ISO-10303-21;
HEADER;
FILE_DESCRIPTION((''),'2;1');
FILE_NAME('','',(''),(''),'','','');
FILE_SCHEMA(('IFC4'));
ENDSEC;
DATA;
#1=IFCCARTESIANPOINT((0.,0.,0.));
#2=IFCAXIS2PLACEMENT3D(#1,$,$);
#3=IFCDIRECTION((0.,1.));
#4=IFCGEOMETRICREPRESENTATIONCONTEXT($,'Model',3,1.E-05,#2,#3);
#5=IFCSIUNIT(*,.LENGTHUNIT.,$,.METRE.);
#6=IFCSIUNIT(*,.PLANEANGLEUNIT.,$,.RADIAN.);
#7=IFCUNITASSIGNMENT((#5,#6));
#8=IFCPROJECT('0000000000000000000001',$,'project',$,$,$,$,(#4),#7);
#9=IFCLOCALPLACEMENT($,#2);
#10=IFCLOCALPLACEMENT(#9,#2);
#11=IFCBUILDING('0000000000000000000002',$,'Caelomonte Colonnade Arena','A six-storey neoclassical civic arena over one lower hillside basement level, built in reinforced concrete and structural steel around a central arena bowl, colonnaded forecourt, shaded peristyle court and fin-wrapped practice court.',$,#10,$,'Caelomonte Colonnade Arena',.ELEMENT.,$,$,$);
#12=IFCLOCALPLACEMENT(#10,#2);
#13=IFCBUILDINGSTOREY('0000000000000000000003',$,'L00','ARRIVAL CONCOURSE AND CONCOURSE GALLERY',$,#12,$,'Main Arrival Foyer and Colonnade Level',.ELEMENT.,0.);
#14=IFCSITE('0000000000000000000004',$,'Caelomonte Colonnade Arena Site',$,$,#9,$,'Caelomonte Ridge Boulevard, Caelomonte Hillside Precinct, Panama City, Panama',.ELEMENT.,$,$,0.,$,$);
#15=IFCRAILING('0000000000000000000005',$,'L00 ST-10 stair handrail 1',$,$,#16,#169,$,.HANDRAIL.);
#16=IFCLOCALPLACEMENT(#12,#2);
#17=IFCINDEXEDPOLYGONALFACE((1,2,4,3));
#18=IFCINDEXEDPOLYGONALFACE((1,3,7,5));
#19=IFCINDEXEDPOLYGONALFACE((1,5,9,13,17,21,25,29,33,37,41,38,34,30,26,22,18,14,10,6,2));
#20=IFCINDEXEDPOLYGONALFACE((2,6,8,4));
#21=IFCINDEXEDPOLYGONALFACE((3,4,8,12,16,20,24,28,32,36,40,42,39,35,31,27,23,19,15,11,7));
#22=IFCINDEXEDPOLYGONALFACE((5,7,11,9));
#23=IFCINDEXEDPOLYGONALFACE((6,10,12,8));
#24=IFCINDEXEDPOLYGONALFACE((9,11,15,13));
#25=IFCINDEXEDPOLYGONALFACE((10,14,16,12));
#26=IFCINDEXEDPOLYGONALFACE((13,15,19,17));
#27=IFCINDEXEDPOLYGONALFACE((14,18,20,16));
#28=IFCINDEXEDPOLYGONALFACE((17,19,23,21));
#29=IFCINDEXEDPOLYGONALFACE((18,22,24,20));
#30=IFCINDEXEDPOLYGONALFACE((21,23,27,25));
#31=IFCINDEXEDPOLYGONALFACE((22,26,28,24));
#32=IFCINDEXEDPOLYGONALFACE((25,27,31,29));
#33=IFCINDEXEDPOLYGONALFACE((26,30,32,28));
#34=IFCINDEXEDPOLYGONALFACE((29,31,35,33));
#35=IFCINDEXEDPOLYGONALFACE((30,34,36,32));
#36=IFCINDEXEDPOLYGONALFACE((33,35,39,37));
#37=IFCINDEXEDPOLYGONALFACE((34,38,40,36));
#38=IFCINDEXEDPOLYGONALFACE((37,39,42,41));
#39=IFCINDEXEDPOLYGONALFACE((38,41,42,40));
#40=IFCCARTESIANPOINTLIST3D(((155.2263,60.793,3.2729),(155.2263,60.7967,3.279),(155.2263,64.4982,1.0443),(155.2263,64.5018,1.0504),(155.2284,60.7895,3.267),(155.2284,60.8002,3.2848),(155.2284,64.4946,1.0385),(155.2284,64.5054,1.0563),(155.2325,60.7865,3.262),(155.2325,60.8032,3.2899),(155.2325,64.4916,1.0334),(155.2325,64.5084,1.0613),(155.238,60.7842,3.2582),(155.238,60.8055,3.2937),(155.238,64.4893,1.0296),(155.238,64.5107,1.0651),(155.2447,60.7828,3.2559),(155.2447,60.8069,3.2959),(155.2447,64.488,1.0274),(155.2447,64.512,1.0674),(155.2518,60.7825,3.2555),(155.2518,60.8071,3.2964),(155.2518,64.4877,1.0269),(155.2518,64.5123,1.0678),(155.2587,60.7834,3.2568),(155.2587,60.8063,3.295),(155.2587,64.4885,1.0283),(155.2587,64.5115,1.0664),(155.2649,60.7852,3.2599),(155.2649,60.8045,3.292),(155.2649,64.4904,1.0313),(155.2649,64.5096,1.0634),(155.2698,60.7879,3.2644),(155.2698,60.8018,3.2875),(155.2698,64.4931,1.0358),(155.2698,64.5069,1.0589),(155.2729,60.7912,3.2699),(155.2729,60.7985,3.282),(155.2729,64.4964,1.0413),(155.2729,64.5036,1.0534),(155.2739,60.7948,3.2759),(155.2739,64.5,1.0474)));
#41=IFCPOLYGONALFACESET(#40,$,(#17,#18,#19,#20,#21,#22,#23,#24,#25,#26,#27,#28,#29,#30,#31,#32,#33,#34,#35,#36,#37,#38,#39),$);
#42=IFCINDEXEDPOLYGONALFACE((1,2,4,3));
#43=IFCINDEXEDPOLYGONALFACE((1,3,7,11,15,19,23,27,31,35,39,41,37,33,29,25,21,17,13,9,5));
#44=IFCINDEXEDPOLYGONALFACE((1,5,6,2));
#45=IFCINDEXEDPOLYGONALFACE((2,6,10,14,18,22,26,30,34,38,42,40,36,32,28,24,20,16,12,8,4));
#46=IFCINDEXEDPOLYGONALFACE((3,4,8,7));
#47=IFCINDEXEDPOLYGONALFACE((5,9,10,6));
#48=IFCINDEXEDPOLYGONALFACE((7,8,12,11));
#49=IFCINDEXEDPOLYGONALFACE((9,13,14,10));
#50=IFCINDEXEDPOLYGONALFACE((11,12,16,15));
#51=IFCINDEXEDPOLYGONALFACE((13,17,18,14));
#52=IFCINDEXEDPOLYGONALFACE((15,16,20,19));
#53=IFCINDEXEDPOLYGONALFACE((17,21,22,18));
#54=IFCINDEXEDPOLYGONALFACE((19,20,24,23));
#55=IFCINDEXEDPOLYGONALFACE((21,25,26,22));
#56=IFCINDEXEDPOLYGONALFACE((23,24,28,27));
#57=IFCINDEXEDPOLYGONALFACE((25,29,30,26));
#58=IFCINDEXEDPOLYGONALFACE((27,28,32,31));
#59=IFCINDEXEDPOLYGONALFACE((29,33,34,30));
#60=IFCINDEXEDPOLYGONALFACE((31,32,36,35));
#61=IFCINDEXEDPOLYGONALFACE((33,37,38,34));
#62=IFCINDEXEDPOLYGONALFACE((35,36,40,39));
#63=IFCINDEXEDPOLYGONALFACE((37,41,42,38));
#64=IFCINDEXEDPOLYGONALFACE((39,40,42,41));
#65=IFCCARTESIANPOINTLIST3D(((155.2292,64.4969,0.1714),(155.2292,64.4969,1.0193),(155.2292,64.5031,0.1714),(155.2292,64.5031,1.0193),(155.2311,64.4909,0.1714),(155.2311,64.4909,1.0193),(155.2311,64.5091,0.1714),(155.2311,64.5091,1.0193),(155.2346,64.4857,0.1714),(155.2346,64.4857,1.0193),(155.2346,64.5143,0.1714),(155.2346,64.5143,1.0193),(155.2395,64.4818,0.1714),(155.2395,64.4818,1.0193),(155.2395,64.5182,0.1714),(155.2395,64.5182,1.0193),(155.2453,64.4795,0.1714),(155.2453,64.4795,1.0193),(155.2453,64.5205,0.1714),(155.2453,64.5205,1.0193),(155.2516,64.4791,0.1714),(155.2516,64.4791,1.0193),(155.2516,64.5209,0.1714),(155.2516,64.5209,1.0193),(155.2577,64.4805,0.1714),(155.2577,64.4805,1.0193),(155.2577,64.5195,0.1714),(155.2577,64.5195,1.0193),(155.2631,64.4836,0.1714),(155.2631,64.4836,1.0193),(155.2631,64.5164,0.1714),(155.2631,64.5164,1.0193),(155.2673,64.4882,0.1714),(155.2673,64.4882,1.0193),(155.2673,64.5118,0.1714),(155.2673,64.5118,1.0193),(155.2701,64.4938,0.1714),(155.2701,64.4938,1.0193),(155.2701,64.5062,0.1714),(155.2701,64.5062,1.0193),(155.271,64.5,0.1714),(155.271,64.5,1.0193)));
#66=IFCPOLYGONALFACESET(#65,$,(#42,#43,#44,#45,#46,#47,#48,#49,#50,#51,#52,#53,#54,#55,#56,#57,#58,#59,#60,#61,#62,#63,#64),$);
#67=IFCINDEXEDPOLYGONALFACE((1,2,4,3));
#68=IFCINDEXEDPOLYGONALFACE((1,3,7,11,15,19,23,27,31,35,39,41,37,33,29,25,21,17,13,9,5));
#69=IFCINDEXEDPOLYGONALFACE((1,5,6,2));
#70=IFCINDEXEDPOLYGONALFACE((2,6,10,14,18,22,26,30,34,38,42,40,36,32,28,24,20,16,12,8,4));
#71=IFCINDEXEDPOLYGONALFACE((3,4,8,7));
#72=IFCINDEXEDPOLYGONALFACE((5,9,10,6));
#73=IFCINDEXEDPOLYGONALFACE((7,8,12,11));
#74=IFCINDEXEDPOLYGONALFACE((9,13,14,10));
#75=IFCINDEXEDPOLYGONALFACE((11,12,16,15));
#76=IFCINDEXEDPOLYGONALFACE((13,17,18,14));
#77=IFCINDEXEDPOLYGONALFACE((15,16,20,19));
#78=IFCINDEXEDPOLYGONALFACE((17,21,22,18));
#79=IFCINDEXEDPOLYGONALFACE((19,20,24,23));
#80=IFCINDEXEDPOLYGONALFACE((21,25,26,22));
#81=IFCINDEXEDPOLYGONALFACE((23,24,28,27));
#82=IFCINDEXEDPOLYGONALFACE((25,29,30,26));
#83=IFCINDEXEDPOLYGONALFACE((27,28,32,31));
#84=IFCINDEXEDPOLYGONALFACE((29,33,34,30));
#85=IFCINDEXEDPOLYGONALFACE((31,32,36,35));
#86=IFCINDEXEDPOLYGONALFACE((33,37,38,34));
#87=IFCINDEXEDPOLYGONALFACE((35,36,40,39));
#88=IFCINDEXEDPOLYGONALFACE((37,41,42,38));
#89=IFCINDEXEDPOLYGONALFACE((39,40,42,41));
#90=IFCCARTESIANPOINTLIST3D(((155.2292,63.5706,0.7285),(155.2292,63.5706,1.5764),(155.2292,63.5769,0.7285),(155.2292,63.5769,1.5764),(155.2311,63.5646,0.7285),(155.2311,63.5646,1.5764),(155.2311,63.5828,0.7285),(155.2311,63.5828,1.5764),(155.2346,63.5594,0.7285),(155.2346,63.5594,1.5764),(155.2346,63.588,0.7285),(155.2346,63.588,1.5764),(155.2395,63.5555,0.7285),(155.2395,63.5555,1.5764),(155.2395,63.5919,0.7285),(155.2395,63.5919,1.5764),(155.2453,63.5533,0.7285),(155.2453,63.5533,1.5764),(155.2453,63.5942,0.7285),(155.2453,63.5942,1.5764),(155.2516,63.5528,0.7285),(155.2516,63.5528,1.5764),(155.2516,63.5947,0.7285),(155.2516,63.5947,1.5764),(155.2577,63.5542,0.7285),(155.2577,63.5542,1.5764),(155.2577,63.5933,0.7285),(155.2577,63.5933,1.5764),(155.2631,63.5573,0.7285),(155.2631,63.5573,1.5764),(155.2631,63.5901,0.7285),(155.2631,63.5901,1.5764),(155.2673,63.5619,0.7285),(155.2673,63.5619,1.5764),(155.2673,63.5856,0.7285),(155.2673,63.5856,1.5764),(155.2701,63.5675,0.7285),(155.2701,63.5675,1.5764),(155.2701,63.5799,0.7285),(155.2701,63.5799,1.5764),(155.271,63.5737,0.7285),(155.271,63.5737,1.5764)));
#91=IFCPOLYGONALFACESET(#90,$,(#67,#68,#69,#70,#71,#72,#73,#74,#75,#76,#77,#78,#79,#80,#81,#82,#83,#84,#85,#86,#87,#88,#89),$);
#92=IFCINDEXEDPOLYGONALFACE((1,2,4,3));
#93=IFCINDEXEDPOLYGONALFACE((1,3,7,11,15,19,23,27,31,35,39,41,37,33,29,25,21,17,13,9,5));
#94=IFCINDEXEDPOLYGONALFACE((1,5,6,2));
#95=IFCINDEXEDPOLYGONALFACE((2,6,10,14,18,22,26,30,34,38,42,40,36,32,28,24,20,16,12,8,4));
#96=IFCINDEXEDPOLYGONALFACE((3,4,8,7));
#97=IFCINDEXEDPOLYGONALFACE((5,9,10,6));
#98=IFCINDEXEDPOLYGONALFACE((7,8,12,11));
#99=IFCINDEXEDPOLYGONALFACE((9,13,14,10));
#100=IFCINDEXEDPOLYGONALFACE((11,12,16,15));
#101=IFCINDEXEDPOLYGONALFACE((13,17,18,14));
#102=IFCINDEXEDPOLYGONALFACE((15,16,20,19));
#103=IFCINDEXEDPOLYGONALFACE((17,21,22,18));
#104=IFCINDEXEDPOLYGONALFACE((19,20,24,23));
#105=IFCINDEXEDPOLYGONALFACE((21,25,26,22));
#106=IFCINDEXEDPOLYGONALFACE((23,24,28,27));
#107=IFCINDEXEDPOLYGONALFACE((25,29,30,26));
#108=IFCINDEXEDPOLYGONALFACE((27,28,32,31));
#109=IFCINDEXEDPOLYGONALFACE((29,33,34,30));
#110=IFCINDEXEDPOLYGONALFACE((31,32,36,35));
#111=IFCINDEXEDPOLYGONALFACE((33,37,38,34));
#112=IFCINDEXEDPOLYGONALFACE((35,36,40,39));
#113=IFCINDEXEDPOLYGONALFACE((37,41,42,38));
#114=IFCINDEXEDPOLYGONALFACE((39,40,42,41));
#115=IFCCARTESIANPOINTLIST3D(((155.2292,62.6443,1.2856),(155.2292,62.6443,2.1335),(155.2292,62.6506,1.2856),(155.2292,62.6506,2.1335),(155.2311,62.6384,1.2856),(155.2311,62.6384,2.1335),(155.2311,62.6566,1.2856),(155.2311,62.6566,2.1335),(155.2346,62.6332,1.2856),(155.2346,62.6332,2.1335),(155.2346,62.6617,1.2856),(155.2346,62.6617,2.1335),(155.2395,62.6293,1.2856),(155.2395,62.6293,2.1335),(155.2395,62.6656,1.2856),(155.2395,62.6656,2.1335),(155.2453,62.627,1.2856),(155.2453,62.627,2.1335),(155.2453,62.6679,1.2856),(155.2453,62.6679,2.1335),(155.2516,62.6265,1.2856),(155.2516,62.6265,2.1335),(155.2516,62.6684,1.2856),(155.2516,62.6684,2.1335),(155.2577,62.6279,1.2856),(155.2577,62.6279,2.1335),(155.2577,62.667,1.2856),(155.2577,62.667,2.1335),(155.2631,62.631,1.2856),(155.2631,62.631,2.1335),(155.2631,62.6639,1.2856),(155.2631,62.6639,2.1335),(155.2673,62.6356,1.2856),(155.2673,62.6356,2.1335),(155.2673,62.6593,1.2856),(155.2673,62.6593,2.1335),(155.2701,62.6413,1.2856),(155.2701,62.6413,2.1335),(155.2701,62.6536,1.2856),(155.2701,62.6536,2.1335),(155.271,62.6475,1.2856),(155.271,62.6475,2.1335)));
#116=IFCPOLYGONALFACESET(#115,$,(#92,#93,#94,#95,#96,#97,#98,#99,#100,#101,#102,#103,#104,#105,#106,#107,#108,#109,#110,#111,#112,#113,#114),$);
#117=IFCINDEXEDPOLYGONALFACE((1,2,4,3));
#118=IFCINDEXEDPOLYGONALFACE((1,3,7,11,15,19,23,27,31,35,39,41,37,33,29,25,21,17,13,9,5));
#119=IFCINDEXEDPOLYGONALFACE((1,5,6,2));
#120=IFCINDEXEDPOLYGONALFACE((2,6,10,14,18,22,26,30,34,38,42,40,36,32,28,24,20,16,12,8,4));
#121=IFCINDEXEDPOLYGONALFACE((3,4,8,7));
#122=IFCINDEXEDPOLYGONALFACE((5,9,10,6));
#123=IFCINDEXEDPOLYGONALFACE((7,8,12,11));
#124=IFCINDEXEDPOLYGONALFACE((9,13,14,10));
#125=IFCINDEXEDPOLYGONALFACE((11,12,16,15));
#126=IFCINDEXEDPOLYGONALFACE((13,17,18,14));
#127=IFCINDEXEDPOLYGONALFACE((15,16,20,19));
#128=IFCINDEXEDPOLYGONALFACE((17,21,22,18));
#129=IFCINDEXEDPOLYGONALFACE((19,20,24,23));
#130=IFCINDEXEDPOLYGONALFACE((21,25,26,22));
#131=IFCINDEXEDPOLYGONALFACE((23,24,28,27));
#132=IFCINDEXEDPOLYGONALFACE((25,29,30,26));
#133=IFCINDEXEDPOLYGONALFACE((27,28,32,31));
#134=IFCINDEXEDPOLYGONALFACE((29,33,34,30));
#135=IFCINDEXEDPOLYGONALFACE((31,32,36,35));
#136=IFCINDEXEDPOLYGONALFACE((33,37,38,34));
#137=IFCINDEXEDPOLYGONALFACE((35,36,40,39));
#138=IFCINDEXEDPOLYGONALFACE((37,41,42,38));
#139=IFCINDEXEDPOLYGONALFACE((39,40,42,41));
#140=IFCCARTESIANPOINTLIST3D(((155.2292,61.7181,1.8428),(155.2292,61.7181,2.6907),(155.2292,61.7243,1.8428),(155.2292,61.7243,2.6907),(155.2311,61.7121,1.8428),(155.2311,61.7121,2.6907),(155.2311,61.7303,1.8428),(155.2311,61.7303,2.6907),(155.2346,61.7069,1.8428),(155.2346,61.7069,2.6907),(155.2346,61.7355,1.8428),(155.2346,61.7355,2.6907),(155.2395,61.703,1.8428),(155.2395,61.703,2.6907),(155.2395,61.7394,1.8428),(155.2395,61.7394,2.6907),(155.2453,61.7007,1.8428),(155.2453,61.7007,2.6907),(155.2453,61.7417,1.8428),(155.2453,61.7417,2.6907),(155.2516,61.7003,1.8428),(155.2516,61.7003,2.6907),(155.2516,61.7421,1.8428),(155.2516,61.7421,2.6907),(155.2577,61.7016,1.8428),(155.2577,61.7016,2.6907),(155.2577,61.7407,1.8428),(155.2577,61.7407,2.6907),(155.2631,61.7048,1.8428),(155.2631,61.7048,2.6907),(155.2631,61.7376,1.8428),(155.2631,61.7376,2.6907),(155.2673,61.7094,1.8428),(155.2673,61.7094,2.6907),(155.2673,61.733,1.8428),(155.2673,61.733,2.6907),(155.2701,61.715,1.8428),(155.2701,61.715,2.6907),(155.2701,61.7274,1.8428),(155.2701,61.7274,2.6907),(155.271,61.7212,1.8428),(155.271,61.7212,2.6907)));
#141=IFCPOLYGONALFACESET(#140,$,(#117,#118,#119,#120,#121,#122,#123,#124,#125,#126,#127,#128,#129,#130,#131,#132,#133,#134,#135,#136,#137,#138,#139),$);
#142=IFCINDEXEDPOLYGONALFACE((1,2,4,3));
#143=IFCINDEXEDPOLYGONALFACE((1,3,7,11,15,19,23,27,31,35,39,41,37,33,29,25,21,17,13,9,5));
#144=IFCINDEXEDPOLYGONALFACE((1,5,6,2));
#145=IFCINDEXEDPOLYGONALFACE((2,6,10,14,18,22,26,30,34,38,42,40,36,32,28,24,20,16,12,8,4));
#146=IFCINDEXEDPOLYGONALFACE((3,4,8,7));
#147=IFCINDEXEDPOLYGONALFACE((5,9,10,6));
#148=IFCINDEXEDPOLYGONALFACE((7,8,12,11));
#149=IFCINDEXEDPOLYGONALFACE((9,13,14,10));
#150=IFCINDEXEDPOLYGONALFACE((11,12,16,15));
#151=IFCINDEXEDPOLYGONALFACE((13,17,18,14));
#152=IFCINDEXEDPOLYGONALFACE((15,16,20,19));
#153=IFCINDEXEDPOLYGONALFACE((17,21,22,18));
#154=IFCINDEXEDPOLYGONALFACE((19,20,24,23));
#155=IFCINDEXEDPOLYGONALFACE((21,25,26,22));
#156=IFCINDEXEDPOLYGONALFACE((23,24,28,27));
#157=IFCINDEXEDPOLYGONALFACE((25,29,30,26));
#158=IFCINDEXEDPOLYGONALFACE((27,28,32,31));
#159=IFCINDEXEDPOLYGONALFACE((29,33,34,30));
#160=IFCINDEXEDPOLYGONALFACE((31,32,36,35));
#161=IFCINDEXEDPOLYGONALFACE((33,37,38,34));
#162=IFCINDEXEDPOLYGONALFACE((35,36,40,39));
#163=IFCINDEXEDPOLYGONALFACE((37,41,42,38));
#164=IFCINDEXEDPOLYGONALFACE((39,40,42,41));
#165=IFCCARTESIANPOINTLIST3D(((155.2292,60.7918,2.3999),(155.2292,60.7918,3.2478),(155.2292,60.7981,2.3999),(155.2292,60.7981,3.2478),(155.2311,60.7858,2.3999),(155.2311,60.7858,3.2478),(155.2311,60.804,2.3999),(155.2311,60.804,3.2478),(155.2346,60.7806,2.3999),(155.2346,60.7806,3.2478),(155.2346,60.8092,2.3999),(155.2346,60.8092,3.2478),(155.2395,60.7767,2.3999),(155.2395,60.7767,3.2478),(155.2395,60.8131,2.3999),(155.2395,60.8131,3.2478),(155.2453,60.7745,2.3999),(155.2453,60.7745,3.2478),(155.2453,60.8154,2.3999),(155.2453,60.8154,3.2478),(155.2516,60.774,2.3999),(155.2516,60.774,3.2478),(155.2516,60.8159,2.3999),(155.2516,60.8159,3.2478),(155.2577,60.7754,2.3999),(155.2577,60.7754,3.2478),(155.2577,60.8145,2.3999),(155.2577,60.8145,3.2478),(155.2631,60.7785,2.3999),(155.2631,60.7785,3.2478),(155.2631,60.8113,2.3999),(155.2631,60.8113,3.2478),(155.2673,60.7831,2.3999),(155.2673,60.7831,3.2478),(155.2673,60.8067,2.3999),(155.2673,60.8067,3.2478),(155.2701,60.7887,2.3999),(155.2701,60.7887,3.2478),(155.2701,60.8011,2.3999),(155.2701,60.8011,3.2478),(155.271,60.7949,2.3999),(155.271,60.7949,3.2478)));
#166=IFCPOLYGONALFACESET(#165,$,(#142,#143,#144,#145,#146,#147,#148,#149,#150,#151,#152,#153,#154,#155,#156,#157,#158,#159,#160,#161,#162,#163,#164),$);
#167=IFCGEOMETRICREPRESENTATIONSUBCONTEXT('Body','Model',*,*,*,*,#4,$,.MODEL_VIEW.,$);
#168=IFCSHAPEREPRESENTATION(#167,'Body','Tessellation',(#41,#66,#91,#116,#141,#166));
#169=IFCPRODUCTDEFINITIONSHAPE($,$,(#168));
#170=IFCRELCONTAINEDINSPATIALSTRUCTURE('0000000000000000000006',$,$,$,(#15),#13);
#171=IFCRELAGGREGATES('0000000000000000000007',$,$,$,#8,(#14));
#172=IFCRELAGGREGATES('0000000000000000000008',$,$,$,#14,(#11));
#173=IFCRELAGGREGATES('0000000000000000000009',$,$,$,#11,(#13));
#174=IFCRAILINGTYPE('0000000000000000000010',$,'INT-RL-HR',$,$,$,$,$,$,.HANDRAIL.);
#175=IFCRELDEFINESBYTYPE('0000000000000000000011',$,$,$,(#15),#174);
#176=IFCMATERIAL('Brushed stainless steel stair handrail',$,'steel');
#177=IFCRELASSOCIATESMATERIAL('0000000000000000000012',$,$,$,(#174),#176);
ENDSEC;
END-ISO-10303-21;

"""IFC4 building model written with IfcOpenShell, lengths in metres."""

from ifc_helpers import new_model, si_unit, direction, frame, origin, origin_2d, place, context, subcontext, project, spatial, circle, extrude, material, type_object, element, save


model = new_model("IFC4")

# Units and contexts
model_context = context("Model", 3, precision=1e-05, world=origin(), true_north=direction((0.0, 1.0)))
body_context = subcontext(model_context, "Body", "Model", "MODEL_VIEW")
ifc_project = project(units=[si_unit("LENGTHUNIT", "METRE"), si_unit("PLANEANGLEUNIT", "RADIAN")], contexts=[model_context])

# Site, building, storey
site_placement = place(None, origin())
site = spatial("IfcSite", under=ifc_project, at=site_placement, Name="Caelomonte Colonnade Arena Site", LongName="Caelomonte Ridge Boulevard, Caelomonte Hillside Precinct, Panama City, Panama", CompositionType="ELEMENT", RefElevation=0.0)
building_placement = place(site_placement, origin())
building = spatial("IfcBuilding", under=site, at=building_placement, Name="Caelomonte Colonnade Arena", Description="A six-storey neoclassical civic arena over one lower hillside basement level, built in reinforced concrete and structural steel around a central arena bowl, colonnaded forecourt, shaded peristyle court and fin-wrapped practice court.", LongName="Caelomonte Colonnade Arena", CompositionType="ELEMENT")
storey_placement = place(building_placement, origin())
storey = spatial("IfcBuildingStorey", under=building, at=storey_placement, Name="L00", Description="ARRIVAL CONCOURSE AND CONCOURSE GALLERY", LongName="Main Arrival Foyer and Colonnade Level", CompositionType="ELEMENT", Elevation=0.0)

# Railing
ifc_material_1 = material(Name="Brushed stainless steel stair handrail", Category="steel")
railing_type_1 = type_object("IfcRailingType", Name="INT-RL-HR", PredefinedType="HANDRAIL", material=ifc_material_1)
railing_1_placement = place(storey_placement, frame((155.25, 64.5, 0.1714)))
element("IfcRailing", 1, at=railing_1_placement, inside=storey, type_object=railing_type_1, Name="L00 ST-10 stair handrail 1", PredefinedType="HANDRAIL", context=body_context, shape_type="SweptSolid", body=[
    extrude(circle(Radius=0.0239, at=origin_2d()), frame((0.0, 0.0, 0.876), z_axis=(0.0, -0.856934, 0.515425), x_axis=(1.0, 0.0, 0.0)), (0.0, 0.0, 1.0), 4.3237),
    extrude(circle(Radius=0.021, at=origin_2d()), origin(), (0.0, 0.0, 1.0), 0.8479),
    extrude(circle(Radius=0.021, at=origin_2d()), frame((0.0, -0.9263, 0.5571)), (0.0, 0.0, 1.0), 0.8479),
    extrude(circle(Radius=0.021, at=origin_2d()), frame((0.0, -1.8525, 1.1143)), (0.0, 0.0, 1.0), 0.8479),
    extrude(circle(Radius=0.021, at=origin_2d()), frame((0.0, -2.7788, 1.6714)), (0.0, 0.0, 1.0), 0.8479),
    extrude(circle(Radius=0.021, at=origin_2d()), frame((0.0, -3.7051, 2.2285)), (0.0, 0.0, 1.0), 0.8479),
])

save(model, "model.ifc")
